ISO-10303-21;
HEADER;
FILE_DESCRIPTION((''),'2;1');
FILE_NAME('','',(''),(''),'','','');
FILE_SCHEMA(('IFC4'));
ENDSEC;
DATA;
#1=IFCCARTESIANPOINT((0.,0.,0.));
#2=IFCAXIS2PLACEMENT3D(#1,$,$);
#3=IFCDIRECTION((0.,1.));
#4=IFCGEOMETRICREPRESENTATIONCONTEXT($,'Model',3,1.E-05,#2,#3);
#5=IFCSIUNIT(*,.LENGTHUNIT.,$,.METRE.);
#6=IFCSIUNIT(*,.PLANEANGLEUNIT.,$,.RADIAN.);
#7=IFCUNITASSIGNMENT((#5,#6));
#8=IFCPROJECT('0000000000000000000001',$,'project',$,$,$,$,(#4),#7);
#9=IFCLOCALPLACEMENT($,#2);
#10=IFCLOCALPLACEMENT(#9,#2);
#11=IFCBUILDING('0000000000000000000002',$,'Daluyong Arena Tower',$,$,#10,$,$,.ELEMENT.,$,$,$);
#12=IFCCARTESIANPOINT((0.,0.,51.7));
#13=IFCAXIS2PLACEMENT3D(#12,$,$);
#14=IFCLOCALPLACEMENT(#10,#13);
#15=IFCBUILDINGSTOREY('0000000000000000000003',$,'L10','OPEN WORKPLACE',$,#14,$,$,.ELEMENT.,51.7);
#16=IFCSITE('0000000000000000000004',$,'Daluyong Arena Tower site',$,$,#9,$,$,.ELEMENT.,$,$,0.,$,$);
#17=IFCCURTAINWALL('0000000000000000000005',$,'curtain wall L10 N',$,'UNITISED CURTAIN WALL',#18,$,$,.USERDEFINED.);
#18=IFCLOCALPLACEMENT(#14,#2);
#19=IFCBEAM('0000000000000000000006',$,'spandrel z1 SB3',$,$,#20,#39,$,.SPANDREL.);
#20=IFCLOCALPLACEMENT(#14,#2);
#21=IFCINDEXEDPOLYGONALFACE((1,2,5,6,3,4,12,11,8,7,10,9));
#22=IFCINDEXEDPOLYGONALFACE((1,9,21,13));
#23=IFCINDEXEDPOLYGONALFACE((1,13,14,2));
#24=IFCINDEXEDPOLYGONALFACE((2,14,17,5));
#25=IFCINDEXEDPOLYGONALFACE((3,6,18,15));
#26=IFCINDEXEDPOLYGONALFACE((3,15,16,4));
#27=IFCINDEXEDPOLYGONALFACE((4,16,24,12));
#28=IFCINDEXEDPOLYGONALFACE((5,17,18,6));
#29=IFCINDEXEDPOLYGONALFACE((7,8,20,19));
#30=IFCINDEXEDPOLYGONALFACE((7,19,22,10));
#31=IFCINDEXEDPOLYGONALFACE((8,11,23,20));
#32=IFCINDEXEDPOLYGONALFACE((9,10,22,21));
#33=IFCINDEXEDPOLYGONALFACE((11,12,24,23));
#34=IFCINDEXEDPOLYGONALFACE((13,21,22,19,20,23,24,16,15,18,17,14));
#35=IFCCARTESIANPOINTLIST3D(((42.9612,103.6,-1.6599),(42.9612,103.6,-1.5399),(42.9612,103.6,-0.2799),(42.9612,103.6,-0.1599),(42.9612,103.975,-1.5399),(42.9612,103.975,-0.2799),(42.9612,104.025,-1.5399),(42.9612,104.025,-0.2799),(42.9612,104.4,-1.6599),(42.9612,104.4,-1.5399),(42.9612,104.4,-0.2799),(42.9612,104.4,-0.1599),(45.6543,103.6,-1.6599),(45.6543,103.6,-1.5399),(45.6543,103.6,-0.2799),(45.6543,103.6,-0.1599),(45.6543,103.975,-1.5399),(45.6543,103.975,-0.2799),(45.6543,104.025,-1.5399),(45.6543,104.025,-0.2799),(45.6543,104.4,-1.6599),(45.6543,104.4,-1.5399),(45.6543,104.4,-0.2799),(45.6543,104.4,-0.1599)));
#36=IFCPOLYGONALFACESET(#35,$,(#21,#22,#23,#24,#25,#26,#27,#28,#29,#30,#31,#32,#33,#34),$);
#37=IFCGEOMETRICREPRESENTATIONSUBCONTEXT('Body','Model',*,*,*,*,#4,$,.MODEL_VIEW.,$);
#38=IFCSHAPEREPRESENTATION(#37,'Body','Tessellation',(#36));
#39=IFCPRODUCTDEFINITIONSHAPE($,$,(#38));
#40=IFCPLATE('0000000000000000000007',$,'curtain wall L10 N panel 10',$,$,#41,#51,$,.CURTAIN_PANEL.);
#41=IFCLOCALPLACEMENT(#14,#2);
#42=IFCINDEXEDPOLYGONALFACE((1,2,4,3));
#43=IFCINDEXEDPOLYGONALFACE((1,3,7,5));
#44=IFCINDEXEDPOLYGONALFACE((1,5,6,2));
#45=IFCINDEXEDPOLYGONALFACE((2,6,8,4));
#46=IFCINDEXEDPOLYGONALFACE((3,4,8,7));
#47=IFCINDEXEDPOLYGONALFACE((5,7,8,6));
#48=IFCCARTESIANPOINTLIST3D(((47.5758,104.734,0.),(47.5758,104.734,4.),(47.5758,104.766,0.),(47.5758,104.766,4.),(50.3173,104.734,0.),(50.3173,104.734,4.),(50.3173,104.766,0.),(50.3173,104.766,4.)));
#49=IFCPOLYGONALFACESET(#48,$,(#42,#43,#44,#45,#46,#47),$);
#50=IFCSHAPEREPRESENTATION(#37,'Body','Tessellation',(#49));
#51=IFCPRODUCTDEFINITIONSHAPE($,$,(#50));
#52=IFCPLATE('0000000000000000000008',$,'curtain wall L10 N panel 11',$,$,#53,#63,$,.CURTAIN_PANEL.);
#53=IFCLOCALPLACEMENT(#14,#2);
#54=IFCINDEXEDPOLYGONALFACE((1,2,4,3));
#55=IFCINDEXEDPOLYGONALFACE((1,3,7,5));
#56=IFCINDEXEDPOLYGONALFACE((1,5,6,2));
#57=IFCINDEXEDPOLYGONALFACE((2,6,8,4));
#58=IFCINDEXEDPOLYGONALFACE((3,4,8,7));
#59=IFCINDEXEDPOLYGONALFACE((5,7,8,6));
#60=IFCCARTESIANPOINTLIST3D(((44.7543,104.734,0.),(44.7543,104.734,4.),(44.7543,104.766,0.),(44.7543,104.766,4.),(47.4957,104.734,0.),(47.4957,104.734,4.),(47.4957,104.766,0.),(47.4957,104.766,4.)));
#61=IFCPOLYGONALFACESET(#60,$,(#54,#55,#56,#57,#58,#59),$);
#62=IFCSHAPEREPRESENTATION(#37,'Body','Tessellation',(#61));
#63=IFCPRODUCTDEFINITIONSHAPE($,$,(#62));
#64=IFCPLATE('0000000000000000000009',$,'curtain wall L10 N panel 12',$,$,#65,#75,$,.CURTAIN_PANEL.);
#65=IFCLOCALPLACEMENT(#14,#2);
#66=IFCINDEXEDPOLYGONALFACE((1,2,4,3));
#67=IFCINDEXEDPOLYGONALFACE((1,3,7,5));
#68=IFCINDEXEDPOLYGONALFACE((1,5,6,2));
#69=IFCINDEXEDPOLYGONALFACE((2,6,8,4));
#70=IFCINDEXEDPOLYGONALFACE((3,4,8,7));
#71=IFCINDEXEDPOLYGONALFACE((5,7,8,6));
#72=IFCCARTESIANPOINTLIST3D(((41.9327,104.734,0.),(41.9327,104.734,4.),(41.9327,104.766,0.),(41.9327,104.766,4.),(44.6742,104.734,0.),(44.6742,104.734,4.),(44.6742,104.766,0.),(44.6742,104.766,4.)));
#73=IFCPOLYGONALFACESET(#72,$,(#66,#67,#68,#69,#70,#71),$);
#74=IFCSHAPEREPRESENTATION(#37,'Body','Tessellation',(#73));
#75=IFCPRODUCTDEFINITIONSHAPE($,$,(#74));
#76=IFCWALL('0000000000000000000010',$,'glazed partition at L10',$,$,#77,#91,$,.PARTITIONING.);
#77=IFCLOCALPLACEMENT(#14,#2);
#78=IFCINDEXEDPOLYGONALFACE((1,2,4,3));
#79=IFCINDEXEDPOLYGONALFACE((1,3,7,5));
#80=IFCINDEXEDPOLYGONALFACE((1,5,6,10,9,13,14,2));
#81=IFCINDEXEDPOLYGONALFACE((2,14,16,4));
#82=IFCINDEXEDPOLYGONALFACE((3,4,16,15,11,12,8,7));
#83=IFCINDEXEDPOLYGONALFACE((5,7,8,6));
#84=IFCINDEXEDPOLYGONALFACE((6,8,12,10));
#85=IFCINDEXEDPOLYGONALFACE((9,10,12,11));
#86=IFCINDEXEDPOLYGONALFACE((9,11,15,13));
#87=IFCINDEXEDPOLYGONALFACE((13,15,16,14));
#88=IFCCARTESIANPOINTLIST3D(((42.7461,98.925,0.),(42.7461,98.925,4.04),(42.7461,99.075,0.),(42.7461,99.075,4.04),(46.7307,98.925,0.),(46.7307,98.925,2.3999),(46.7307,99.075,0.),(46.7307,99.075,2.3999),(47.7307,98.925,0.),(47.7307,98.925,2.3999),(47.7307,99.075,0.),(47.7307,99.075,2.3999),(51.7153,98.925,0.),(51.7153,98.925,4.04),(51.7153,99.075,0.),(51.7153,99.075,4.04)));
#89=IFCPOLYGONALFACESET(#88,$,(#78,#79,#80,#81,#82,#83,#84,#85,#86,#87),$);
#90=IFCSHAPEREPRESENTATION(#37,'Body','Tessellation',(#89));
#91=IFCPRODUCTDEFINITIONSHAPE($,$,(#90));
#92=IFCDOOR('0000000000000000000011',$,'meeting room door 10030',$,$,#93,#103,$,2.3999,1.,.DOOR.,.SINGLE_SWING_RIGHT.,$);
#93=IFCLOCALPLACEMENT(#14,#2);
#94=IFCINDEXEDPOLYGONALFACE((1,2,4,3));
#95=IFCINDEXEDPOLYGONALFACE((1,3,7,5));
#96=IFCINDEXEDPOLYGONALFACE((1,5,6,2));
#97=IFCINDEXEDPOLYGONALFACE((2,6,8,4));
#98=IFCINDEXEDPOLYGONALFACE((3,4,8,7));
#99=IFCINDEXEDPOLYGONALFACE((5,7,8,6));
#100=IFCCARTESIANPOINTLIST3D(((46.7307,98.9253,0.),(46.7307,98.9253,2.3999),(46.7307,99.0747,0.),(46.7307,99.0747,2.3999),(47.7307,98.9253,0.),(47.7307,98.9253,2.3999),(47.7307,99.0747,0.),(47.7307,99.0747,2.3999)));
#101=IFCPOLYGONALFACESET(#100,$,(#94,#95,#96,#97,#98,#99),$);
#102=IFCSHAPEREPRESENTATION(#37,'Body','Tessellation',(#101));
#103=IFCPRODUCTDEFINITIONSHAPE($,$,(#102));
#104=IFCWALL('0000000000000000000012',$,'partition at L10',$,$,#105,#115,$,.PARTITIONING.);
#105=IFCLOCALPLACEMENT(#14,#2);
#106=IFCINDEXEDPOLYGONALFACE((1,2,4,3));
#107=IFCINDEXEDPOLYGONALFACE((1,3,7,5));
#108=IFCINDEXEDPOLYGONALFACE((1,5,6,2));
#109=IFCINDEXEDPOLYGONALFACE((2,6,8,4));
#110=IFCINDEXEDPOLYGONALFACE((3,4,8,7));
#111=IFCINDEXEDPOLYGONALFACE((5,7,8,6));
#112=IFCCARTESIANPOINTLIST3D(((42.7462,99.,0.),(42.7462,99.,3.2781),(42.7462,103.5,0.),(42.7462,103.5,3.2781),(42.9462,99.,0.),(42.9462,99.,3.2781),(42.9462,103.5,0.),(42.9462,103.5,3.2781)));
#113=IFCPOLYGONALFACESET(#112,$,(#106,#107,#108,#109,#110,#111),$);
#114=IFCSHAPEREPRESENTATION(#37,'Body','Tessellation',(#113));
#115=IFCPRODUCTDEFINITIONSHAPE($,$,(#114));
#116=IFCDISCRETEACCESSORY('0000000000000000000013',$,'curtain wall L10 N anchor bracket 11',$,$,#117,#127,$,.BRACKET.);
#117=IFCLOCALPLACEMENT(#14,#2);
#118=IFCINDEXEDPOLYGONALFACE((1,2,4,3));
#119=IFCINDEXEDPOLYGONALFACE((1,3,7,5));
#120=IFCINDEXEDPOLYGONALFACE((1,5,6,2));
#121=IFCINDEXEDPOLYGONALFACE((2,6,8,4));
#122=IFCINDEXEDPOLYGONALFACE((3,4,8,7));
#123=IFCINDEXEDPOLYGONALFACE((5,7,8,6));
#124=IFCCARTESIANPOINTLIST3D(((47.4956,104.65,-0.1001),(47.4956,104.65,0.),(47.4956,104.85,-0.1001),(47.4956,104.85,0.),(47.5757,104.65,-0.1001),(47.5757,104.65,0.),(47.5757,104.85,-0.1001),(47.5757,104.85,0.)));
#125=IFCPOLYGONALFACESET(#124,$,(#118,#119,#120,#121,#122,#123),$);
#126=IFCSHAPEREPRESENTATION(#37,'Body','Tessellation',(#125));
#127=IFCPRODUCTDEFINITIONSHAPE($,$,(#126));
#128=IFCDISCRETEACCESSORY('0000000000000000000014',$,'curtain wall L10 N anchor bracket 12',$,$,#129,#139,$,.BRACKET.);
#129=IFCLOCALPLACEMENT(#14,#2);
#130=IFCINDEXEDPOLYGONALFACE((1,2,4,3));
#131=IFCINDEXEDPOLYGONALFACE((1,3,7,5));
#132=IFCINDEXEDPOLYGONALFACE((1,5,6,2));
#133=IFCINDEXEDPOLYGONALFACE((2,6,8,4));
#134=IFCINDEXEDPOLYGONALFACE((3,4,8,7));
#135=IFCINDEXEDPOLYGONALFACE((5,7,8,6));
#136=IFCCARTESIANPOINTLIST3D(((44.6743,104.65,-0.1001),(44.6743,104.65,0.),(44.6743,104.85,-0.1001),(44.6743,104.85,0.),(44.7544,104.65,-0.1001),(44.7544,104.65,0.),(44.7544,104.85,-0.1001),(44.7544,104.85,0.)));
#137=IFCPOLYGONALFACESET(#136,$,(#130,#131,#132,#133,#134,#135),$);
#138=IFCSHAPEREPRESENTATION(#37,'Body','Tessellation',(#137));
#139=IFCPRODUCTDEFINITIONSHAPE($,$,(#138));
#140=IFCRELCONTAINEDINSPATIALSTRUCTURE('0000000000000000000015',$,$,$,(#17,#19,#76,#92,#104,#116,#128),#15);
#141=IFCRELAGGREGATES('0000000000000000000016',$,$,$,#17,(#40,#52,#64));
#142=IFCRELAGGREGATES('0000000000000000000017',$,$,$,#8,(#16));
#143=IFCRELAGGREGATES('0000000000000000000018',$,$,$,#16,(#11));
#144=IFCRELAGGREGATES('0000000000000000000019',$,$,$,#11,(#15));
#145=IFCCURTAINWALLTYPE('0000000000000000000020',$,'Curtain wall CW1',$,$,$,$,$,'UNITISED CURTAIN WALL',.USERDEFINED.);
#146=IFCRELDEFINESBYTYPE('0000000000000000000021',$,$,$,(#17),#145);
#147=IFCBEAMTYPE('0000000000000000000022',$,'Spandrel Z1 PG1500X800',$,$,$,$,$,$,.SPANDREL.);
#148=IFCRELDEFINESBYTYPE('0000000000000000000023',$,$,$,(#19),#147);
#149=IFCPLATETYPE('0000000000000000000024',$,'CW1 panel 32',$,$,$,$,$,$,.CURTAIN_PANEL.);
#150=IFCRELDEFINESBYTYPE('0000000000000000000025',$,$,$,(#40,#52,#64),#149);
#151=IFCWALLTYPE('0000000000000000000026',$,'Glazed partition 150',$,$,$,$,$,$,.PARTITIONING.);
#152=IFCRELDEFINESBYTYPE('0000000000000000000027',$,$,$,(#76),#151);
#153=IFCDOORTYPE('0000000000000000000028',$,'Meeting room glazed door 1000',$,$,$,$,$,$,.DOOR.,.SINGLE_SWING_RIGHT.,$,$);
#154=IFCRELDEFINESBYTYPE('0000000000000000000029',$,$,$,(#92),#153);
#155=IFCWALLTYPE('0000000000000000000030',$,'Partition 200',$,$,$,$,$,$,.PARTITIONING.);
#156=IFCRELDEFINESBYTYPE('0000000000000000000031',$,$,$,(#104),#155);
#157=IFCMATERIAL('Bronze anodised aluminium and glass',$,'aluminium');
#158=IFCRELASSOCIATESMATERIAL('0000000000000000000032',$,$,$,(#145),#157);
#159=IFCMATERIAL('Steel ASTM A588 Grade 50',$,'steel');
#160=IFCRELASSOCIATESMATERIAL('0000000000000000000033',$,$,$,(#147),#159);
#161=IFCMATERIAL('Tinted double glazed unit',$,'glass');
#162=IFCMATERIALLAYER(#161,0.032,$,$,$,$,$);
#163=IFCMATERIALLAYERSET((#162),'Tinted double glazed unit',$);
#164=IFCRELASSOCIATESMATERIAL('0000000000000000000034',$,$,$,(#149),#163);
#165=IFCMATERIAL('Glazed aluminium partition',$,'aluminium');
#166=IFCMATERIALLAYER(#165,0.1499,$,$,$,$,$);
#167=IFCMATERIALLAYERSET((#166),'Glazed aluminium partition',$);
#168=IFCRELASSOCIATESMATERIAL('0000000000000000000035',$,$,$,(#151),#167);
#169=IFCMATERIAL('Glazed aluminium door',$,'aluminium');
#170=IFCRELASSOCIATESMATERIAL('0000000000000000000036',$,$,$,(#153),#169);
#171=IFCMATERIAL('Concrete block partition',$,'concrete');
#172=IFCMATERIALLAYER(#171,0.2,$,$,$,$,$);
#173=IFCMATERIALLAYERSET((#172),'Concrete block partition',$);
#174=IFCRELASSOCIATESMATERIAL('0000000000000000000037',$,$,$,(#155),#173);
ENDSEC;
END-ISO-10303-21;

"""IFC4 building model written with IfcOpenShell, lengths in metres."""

from ifc_helpers import new_model, si_unit, direction, frame, frame_2d, origin, origin_2d, place, context, subcontext, project, spatial, rectangle, i_section, extrude, material, layer, layer_set, material_profile, profile_set, type_object, element, fill, aggregate, save


model = new_model("IFC4")

# Units and contexts
model_context = context("Model", 3, precision=1e-05, world=origin(), true_north=direction((0.0, 1.0)))
body_context = subcontext(model_context, "Body", "Model", "MODEL_VIEW")
ifc_project = project(units=[si_unit("LENGTHUNIT", "METRE"), si_unit("PLANEANGLEUNIT", "RADIAN")], contexts=[model_context])

# Site, building, storey
site_placement = place(None, origin())
site = spatial("IfcSite", under=ifc_project, at=site_placement, Name="Daluyong Arena Tower site", CompositionType="ELEMENT", RefElevation=0.0)
building_placement = place(site_placement, origin())
building = spatial("IfcBuilding", under=site, at=building_placement, Name="Daluyong Arena Tower", CompositionType="ELEMENT")
storey_placement = place(building_placement, frame((0.0, 0.0, 51.7)))
storey = spatial("IfcBuildingStorey", under=building, at=storey_placement, Name="L10", Description="OPEN WORKPLACE", CompositionType="ELEMENT", Elevation=51.7)

# Curtain wall
ifc_material_1 = material(Name="Bronze anodised aluminium and glass", Category="aluminium")
curtain_wall_type = type_object("IfcCurtainWallType", Name="Curtain wall CW1", ElementType="UNITISED CURTAIN WALL", PredefinedType="USERDEFINED", material=ifc_material_1)
curtain_wall_placement = place(storey_placement, origin())
curtain_wall = element("IfcCurtainWall", 1, at=curtain_wall_placement, inside=storey, type_object=curtain_wall_type, Name="curtain wall L10 N", ObjectType="UNITISED CURTAIN WALL", PredefinedType="USERDEFINED")

# Beam
ifc_material_2 = material(Name="Steel ASTM A588 Grade 50", Category="steel")
ifc_material_profile_1 = material_profile(ifc_material_2, i_section(OverallWidth=0.8, OverallDepth=1.5, WebThickness=0.05, FlangeThickness=0.12, at=origin_2d()))
ifc_profile_set_1 = profile_set([ifc_material_profile_1], Name="Steel ASTM A588 Grade 50")
beam_type_1 = type_object("IfcBeamType", Name="Spandrel Z1 PG1500X800", PredefinedType="SPANDREL", material=ifc_profile_set_1)
for number, where, z_axis, x_axis, name in (
    (2, (45.6543, 104.0, -0.9099), (-1.0, 0.0, 0.0), (0.0, -1.0, 0.0), "spandrel z1 SB3"),
):
    element("IfcBeam", number, at=place(storey_placement, frame(where, z_axis=z_axis, x_axis=x_axis)), inside=storey, type_object=beam_type_1, Name=name, PredefinedType="SPANDREL", context=body_context, shape_type="SweptSolid", body=[
        extrude(i_section(OverallWidth=0.8, OverallDepth=1.5, WebThickness=0.05, FlangeThickness=0.12, at=origin_2d()), origin(), (0.0, 0.0, 1.0), 2.6931),
    ])

# Plates
ifc_material_3 = material(Name="Tinted double glazed unit", Category="glass")
ifc_layer_1 = layer(ifc_material_3, 0.032)
ifc_layer_set_1 = layer_set([ifc_layer_1], Name="Tinted double glazed unit")
plate_type = type_object("IfcPlateType", Name="CW1 panel 32", PredefinedType="CURTAIN_PANEL", material=ifc_layer_set_1)
plate_1_placement = place(storey_placement, frame((48.9465, 104.75, 0.0), z_axis=(0.0, 0.0, 1.0), x_axis=(-1.0, 0.0, 0.0)))
plate_1 = element("IfcPlate", 3, at=plate_1_placement, type_object=plate_type, Name="curtain wall L10 N panel 10", PredefinedType="CURTAIN_PANEL", context=body_context, shape_type="SweptSolid", body=[
    extrude(rectangle(XDim=2.7415, YDim=0.032, at=origin_2d()), origin(), (0.0, 0.0, 1.0), 4.0),
])
plate_2_placement = place(storey_placement, frame((46.125, 104.75, 0.0), z_axis=(0.0, 0.0, 1.0), x_axis=(-1.0, 0.0, 0.0)))
plate_2 = element("IfcPlate", 4, at=plate_2_placement, type_object=plate_type, Name="curtain wall L10 N panel 11", PredefinedType="CURTAIN_PANEL", context=body_context, shape_type="SweptSolid", body=[
    extrude(rectangle(XDim=2.7415, YDim=0.032, at=origin_2d()), origin(), (0.0, 0.0, 1.0), 4.0),
])
plate_3_placement = place(storey_placement, frame((43.3035, 104.75, 0.0), z_axis=(0.0, 0.0, 1.0), x_axis=(-1.0, 0.0, 0.0)))
plate_3 = element("IfcPlate", 5, at=plate_3_placement, type_object=plate_type, Name="curtain wall L10 N panel 12", PredefinedType="CURTAIN_PANEL", context=body_context, shape_type="SweptSolid", body=[
    extrude(rectangle(XDim=2.7415, YDim=0.032, at=origin_2d()), origin(), (0.0, 0.0, 1.0), 4.0),
])
aggregate(curtain_wall, [plate_1, plate_2, plate_3])

# Wall, opening, door
ifc_material_4 = material(Name="Glazed aluminium partition", Category="aluminium")
ifc_layer_2 = layer(ifc_material_4, 0.1499)
ifc_layer_set_2 = layer_set([ifc_layer_2], Name="Glazed aluminium partition")
wall_type_1 = type_object("IfcWallType", Name="Glazed partition 150", PredefinedType="PARTITIONING", material=ifc_layer_set_2)
wall_1_placement = place(storey_placement, frame((42.7461, 99.0, 0.0), z_axis=(0.0, 0.0, 1.0), x_axis=(1.0, 0.0, 0.0)))
wall_1 = element("IfcWall", 6, at=wall_1_placement, inside=storey, type_object=wall_type_1, Name="glazed partition at L10", PredefinedType="PARTITIONING", context=body_context, shape_type="SweptSolid", body=[
    extrude(rectangle(XDim=8.9692, YDim=0.1499, at=frame_2d((4.4846, 0.0))), origin(), (0.0, 0.0, 1.0), 4.04),
])
opening_placement = place(wall_1_placement, frame((3.9846, 0.0, 0.0)))
opening = element("IfcOpeningElement", 7, at=opening_placement, cuts=wall_1, PredefinedType="OPENING", context=body_context, shape_type="SweptSolid", body=[
    extrude(rectangle(XDim=1.0, YDim=2.3999, at=frame_2d((0.5, 1.2))), frame((0.0, 0.085, 0.0), z_axis=(0.0, -1.0, 0.0), x_axis=(1.0, 0.0, 0.0)), (0.0, 0.0, 1.0), 0.1699),
])
ifc_material_5 = material(Name="Glazed aluminium door", Category="aluminium")
door_type = type_object("IfcDoorType", Name="Meeting room glazed door 1000", OperationType="SINGLE_SWING_RIGHT", PredefinedType="DOOR", material=ifc_material_5)
door_placement = place(opening_placement, origin())
door = element("IfcDoor", 8, at=door_placement, inside=storey, type_object=door_type, Name="meeting room door 10030", OperationType="SINGLE_SWING_RIGHT", OverallHeight=2.3999, OverallWidth=1.0, PredefinedType="DOOR", context=body_context, shape_type="SweptSolid", body=[
    extrude(rectangle(XDim=1.0, YDim=2.3999, at=frame_2d((0.5, 1.2))), frame((0.0, 0.0747, 0.0), z_axis=(0.0, -1.0, 0.0), x_axis=(1.0, 0.0, 0.0)), (0.0, 0.0, 1.0), 0.1494),
])
fill(opening, door)

# Wall
ifc_material_6 = material(Name="Concrete block partition", Category="concrete")
ifc_layer_3 = layer(ifc_material_6, 0.2)
ifc_layer_set_3 = layer_set([ifc_layer_3], Name="Concrete block partition")
wall_type_2 = type_object("IfcWallType", Name="Partition 200", PredefinedType="PARTITIONING", material=ifc_layer_set_3)
wall_2_placement = place(storey_placement, frame((42.8462, 99.0, 0.0), z_axis=(0.0, 0.0, 1.0), x_axis=(0.0, 1.0, 0.0)))
element("IfcWall", 9, at=wall_2_placement, inside=storey, type_object=wall_type_2, Name="partition at L10", PredefinedType="PARTITIONING", context=body_context, shape_type="SweptSolid", body=[
    extrude(rectangle(XDim=4.5, YDim=0.2, at=frame_2d((2.25, 0.0))), origin(), (0.0, 0.0, 1.0), 3.2781),
])

# Discrete accessories
for number, where, z_axis, x_axis, name in (
    (10, (47.5356, 104.75, -0.1001), (0.0, 0.0, 1.0), (-1.0, 0.0, 0.0), "curtain wall L10 N anchor bracket 11"),
    (11, (44.7144, 104.75, -0.1001), (0.0, 0.0, 1.0), (-1.0, 0.0, 0.0), "curtain wall L10 N anchor bracket 12"),
):
    element("IfcDiscreteAccessory", number, at=place(storey_placement, frame(where, z_axis=z_axis, x_axis=x_axis)), inside=storey, Name=name, PredefinedType="BRACKET", context=body_context, shape_type="SweptSolid", body=[
        extrude(rectangle(XDim=0.0801, YDim=0.2, at=origin_2d()), origin(), (0.0, 0.0, 1.0), 0.1001),
    ])

save(model, "model.ifc")
